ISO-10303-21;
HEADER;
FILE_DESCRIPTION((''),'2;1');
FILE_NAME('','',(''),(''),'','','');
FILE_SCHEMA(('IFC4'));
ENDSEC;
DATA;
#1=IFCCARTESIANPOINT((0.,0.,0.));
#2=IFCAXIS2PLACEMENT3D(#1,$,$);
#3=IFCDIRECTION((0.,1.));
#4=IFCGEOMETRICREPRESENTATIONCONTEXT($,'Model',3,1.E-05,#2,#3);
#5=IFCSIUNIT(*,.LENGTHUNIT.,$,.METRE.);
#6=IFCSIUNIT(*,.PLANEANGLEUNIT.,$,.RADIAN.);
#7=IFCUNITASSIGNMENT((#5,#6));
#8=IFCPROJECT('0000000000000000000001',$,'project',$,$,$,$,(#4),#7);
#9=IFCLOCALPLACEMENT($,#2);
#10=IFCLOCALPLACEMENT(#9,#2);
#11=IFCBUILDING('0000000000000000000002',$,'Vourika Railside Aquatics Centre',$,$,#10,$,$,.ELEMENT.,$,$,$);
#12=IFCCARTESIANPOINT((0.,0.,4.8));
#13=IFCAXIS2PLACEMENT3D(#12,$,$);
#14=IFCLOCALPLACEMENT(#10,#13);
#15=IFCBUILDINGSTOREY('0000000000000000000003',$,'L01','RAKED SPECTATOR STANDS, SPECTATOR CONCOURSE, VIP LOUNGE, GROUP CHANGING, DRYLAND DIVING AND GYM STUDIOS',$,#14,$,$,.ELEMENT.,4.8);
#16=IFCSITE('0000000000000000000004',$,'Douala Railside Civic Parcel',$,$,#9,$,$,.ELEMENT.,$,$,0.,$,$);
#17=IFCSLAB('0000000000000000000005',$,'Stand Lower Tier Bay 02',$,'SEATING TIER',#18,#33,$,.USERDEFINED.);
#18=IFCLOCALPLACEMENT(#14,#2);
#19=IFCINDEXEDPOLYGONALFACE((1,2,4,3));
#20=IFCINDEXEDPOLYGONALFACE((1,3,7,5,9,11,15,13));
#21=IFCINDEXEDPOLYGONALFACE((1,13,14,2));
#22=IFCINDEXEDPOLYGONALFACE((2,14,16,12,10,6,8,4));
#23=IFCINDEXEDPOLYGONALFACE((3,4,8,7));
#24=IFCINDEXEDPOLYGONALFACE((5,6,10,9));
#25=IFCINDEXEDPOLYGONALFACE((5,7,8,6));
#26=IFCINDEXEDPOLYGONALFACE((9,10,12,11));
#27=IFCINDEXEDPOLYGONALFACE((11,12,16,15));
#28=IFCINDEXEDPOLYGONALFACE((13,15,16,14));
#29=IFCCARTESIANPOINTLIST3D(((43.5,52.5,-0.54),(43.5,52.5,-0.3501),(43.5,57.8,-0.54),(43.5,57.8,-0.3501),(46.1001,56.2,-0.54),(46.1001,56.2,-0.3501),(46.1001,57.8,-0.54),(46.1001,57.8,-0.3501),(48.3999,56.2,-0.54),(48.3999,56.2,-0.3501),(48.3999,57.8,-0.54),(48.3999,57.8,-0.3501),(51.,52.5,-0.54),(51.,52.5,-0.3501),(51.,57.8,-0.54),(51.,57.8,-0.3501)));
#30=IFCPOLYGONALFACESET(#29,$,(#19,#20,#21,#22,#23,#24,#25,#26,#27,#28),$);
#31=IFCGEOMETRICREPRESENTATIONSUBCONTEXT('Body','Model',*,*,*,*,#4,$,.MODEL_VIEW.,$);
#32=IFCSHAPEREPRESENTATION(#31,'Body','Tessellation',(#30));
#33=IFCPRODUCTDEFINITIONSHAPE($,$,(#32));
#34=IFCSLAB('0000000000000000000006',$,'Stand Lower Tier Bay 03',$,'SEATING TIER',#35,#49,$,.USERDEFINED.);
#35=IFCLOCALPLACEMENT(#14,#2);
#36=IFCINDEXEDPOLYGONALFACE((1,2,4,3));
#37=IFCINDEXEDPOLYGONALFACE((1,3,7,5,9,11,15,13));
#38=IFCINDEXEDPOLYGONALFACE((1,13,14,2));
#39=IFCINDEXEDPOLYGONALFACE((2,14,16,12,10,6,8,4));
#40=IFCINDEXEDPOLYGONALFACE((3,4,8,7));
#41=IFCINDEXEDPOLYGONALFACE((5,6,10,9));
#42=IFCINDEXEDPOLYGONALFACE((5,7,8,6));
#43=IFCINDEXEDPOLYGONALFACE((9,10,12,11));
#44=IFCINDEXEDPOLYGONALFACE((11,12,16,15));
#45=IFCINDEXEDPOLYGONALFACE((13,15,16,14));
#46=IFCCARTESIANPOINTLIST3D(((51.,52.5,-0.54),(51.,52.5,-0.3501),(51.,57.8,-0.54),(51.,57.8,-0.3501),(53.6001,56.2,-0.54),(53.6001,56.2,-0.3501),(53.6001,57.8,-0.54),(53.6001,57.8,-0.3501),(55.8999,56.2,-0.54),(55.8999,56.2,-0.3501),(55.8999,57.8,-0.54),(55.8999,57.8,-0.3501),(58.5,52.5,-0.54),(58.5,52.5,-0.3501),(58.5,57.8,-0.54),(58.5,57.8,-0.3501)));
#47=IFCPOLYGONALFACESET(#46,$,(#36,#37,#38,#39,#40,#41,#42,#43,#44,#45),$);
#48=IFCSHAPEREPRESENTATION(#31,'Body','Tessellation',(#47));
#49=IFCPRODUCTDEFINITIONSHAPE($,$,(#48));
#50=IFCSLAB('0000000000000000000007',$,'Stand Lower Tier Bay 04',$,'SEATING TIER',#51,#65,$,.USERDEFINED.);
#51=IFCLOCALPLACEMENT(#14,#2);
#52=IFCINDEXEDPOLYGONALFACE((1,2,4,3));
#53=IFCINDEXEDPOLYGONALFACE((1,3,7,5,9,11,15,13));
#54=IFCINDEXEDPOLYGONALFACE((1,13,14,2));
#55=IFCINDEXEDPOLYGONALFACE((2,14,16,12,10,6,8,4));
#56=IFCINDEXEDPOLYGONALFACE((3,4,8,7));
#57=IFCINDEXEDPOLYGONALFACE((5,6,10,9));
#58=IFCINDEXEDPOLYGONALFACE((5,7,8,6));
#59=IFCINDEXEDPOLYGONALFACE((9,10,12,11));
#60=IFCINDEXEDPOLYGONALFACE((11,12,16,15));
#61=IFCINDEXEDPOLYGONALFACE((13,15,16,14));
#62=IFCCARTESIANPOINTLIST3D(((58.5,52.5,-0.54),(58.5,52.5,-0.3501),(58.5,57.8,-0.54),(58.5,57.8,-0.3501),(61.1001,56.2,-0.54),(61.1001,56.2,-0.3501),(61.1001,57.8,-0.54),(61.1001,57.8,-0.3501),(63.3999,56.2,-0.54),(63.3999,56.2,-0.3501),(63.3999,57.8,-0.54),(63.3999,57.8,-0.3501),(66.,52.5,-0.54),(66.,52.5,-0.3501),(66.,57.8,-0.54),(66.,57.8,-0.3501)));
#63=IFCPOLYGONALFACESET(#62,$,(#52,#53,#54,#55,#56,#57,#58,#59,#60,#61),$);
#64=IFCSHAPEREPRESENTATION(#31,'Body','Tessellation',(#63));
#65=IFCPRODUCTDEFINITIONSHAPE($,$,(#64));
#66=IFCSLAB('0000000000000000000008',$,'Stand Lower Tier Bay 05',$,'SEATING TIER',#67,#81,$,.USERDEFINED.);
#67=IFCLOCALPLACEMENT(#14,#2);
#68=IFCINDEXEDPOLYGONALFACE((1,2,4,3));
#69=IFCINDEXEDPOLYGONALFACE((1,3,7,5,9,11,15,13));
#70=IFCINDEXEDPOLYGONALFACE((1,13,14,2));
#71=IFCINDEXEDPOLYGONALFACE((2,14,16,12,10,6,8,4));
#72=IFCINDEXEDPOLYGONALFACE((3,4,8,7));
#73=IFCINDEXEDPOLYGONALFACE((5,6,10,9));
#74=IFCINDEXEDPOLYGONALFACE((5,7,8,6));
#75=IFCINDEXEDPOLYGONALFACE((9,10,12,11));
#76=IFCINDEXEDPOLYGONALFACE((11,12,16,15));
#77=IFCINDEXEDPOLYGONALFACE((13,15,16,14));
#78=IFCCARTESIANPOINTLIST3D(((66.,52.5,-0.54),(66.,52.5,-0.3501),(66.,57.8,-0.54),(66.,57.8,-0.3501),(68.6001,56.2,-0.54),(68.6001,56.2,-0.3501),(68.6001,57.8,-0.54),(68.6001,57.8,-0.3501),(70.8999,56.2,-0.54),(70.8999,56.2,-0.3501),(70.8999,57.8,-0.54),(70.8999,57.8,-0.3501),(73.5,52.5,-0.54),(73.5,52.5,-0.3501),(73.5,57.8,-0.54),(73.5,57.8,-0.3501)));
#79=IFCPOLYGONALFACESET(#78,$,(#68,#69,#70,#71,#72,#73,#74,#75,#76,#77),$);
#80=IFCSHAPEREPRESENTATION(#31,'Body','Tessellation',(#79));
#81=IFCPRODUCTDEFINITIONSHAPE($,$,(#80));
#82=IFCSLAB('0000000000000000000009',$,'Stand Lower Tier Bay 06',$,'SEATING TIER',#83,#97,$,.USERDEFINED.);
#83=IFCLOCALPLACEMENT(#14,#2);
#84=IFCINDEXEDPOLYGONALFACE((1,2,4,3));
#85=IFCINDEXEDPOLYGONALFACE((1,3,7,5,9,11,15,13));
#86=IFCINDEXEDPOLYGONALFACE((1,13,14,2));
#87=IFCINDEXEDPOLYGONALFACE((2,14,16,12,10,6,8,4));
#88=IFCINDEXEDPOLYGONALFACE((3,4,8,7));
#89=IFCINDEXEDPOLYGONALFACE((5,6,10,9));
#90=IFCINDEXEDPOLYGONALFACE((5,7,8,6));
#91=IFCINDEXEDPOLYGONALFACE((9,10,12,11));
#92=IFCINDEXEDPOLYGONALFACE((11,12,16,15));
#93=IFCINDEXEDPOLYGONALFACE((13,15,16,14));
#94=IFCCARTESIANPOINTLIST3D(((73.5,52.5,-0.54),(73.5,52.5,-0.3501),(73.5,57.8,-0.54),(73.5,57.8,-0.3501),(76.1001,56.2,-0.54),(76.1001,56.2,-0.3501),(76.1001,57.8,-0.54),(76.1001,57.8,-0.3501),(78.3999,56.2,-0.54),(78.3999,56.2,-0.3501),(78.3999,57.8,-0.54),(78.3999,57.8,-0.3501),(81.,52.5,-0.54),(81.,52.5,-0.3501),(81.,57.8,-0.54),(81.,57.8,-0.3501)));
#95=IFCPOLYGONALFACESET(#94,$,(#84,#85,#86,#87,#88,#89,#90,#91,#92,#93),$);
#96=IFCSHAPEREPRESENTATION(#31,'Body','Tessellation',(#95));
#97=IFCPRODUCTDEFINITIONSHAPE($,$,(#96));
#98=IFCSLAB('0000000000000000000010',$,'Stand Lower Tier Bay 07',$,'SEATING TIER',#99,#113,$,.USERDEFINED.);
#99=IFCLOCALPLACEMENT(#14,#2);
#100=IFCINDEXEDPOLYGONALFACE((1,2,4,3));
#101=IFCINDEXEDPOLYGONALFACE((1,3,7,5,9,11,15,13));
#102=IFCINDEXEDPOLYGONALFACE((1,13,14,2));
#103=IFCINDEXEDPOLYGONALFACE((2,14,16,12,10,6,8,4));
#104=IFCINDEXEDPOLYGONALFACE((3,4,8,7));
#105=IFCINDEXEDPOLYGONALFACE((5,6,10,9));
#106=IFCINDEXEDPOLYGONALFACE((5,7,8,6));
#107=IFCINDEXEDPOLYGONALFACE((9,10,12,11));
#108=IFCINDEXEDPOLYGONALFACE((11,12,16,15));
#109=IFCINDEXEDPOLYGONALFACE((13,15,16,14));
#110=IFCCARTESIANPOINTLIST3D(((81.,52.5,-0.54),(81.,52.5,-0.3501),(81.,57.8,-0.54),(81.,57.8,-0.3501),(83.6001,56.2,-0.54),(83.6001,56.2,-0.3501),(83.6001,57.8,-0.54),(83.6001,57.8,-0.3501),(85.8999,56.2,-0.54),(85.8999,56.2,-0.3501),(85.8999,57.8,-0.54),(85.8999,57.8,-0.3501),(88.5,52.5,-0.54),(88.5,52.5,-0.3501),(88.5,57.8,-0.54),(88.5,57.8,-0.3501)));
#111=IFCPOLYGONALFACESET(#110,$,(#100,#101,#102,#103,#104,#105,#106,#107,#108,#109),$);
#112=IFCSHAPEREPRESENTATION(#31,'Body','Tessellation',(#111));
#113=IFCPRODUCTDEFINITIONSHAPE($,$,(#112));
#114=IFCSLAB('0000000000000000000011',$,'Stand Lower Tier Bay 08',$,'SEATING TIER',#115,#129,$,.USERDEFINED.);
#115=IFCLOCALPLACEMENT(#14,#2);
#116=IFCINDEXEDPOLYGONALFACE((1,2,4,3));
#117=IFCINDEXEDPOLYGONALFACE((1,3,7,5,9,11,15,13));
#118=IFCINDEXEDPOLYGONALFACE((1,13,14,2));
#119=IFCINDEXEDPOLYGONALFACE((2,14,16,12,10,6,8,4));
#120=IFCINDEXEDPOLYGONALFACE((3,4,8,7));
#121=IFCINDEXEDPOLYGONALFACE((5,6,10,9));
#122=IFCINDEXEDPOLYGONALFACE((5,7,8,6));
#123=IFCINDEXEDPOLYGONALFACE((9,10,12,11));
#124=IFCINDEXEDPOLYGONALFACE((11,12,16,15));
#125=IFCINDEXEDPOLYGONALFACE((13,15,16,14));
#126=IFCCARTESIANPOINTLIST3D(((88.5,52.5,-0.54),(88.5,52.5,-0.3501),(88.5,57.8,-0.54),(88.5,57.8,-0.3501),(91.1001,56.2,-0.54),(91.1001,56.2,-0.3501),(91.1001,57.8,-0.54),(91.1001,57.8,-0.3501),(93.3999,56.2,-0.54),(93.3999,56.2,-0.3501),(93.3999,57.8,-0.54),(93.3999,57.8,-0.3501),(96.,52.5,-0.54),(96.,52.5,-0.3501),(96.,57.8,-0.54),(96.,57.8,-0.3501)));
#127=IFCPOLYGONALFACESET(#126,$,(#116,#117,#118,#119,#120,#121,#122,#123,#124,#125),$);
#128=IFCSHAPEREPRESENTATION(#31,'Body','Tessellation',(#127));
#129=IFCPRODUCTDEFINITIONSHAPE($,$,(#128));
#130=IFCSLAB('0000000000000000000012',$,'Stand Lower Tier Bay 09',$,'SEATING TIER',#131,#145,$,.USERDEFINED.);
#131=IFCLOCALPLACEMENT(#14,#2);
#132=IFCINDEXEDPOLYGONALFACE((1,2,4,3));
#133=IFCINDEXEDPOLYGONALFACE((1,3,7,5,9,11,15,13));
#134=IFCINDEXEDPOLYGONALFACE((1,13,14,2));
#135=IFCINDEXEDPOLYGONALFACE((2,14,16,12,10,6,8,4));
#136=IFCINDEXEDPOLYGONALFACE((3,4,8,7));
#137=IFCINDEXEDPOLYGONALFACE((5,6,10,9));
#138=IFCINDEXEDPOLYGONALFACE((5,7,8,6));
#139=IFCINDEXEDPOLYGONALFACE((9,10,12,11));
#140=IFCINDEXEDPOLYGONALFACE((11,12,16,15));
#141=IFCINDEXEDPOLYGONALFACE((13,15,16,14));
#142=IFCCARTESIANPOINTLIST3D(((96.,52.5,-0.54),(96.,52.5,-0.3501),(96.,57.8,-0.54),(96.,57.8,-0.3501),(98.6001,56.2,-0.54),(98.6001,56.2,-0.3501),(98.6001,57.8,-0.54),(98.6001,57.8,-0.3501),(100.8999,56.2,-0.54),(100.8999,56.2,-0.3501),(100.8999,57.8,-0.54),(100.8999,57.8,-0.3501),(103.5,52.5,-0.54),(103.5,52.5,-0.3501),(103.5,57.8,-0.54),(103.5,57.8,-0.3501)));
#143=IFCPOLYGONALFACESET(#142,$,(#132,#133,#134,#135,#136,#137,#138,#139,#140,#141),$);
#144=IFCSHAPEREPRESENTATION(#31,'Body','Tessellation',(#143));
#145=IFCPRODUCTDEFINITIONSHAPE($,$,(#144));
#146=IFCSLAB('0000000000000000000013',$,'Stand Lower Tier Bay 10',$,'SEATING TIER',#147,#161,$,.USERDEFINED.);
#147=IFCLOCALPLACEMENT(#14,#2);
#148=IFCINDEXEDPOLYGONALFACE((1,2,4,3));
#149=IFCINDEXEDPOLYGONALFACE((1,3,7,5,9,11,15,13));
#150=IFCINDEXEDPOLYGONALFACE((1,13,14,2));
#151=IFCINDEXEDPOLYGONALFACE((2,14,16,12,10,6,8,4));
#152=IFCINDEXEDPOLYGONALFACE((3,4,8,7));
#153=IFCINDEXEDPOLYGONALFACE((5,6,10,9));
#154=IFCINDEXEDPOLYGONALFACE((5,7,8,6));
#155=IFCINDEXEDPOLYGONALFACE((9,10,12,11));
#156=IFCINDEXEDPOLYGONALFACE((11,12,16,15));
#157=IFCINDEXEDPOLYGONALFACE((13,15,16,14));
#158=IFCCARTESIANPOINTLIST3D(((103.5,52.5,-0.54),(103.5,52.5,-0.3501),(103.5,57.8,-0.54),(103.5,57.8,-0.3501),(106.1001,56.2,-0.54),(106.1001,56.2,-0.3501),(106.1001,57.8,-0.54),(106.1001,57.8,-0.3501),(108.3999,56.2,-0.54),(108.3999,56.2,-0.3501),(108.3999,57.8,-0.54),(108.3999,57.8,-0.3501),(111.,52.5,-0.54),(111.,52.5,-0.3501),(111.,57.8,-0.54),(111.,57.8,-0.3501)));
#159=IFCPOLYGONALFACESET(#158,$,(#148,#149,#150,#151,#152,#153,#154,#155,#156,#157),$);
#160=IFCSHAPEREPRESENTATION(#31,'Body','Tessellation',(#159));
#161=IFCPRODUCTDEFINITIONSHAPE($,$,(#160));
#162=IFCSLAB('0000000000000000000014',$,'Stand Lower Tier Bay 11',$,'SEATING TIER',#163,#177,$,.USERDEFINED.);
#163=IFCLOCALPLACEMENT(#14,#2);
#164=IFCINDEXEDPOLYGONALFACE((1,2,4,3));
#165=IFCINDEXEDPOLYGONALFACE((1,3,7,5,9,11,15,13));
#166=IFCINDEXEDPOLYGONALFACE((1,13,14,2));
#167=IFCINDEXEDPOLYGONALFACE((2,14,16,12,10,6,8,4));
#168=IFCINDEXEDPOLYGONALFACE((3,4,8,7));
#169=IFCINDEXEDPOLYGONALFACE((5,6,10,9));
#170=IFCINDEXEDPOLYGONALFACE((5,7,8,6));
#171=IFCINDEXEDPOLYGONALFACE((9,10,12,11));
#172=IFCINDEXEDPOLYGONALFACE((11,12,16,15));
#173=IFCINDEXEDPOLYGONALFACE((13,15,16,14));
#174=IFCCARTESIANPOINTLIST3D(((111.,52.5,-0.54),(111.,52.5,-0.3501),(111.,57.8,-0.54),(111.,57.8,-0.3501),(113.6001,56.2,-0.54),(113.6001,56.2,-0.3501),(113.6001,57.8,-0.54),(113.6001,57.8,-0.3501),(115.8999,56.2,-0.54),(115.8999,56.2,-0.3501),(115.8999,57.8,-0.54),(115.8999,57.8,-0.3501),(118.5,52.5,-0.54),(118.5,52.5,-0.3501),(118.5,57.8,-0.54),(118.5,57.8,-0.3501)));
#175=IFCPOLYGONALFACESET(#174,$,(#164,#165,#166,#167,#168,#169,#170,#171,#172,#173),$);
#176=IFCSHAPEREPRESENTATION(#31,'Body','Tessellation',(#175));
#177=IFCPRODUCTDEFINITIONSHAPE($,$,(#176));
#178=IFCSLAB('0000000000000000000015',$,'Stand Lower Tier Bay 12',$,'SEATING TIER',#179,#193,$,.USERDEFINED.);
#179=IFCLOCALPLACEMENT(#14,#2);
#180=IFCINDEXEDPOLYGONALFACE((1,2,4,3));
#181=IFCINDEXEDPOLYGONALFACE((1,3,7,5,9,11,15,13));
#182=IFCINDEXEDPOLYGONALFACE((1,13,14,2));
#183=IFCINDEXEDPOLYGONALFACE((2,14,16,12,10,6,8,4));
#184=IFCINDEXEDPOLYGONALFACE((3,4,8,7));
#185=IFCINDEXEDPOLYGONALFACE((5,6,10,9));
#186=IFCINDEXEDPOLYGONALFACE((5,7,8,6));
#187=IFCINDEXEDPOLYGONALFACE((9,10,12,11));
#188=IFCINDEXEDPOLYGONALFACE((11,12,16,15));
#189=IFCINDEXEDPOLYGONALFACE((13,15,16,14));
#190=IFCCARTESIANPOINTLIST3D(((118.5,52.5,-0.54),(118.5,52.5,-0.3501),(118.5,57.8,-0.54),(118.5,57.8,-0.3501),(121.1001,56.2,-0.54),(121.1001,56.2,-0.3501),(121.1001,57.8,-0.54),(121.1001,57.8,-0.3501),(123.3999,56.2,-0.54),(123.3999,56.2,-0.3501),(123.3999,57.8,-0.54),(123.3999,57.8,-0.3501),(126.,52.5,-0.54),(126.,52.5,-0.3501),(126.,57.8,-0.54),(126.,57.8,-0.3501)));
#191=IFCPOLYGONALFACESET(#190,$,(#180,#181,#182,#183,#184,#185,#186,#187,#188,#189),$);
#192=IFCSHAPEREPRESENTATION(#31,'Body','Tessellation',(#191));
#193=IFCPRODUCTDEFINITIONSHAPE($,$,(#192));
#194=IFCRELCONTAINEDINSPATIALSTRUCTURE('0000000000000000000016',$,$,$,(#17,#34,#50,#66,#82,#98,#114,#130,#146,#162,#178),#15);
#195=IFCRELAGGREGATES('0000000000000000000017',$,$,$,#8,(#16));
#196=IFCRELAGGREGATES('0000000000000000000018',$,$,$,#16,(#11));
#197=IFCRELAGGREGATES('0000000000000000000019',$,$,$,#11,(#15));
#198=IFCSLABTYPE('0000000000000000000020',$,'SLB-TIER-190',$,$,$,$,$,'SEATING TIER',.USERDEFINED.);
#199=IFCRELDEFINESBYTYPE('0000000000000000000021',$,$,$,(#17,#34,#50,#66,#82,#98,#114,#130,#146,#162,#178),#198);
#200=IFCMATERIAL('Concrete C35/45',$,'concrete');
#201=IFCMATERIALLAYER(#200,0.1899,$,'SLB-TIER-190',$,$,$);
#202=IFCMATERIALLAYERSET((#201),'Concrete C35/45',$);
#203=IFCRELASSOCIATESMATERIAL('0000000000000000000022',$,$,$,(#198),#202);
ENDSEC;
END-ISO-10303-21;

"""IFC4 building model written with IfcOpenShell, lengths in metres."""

from ifc_helpers import new_model, si_unit, direction, frame, origin, place, context, subcontext, project, spatial, polyline, outline, extrude, material, layer, layer_set, type_object, element, save


model = new_model("IFC4")

# Units and contexts
model_context = context("Model", 3, precision=1e-05, world=origin(), true_north=direction((0.0, 1.0)))
body_context = subcontext(model_context, "Body", "Model", "MODEL_VIEW")
ifc_project = project(units=[si_unit("LENGTHUNIT", "METRE"), si_unit("PLANEANGLEUNIT", "RADIAN")], contexts=[model_context])

# Site, building, storey
site_placement = place(None, origin())
site = spatial("IfcSite", under=ifc_project, at=site_placement, Name="Douala Railside Civic Parcel", CompositionType="ELEMENT", RefElevation=0.0)
building_placement = place(site_placement, origin())
building = spatial("IfcBuilding", under=site, at=building_placement, Name="Vourika Railside Aquatics Centre", CompositionType="ELEMENT")
storey_placement = place(building_placement, frame((0.0, 0.0, 4.8)))
storey = spatial("IfcBuildingStorey", under=building, at=storey_placement, Name="L01", Description="RAKED SPECTATOR STANDS, SPECTATOR CONCOURSE, VIP LOUNGE, GROUP CHANGING, DRYLAND DIVING AND GYM STUDIOS", CompositionType="ELEMENT", Elevation=4.8)

# Slabs
ifc_material_1 = material(Name="Concrete C35/45", Category="concrete")
ifc_layer_1 = layer(ifc_material_1, 0.1899, Name="SLB-TIER-190")
ifc_layer_set_1 = layer_set([ifc_layer_1], Name="Concrete C35/45")
slab_type_1 = type_object("IfcSlabType", Name="SLB-TIER-190", ElementType="SEATING TIER", PredefinedType="USERDEFINED", material=ifc_layer_set_1)
slab_1_placement = place(storey_placement, frame((0.0, 0.0, -0.54)))
element("IfcSlab", 1, at=slab_1_placement, inside=storey, type_object=slab_type_1, Name="Stand Lower Tier Bay 02", ObjectType="SEATING TIER", PredefinedType="USERDEFINED", context=body_context, shape_type="SweptSolid", body=[
    extrude(outline(polyline([(51.0, 57.8), (51.0, 52.5), (43.5, 52.5), (43.5, 57.8), (46.1001, 57.8), (46.1001, 56.2), (48.3999, 56.2), (48.3999, 57.8), (51.0, 57.8)])), origin(), (0.0, 0.0, 1.0), 0.1899),
])
slab_2_placement = place(storey_placement, frame((0.0, 0.0, -0.54)))
element("IfcSlab", 2, at=slab_2_placement, inside=storey, type_object=slab_type_1, Name="Stand Lower Tier Bay 03", ObjectType="SEATING TIER", PredefinedType="USERDEFINED", context=body_context, shape_type="SweptSolid", body=[
    extrude(outline(polyline([(58.5, 57.8), (58.5, 52.5), (51.0, 52.5), (51.0, 57.8), (53.6001, 57.8), (53.6001, 56.2), (55.8999, 56.2), (55.8999, 57.8), (58.5, 57.8)])), origin(), (0.0, 0.0, 1.0), 0.1899),
])
slab_3_placement = place(storey_placement, frame((0.0, 0.0, -0.54)))
element("IfcSlab", 3, at=slab_3_placement, inside=storey, type_object=slab_type_1, Name="Stand Lower Tier Bay 04", ObjectType="SEATING TIER", PredefinedType="USERDEFINED", context=body_context, shape_type="SweptSolid", body=[
    extrude(outline(polyline([(66.0, 57.8), (66.0, 52.5), (58.5, 52.5), (58.5, 57.8), (61.1001, 57.8), (61.1001, 56.2), (63.3999, 56.2), (63.3999, 57.8), (66.0, 57.8)])), origin(), (0.0, 0.0, 1.0), 0.1899),
])
slab_4_placement = place(storey_placement, frame((0.0, 0.0, -0.54)))
element("IfcSlab", 4, at=slab_4_placement, inside=storey, type_object=slab_type_1, Name="Stand Lower Tier Bay 05", ObjectType="SEATING TIER", PredefinedType="USERDEFINED", context=body_context, shape_type="SweptSolid", body=[
    extrude(outline(polyline([(73.5, 57.8), (73.5, 52.5), (66.0, 52.5), (66.0, 57.8), (68.6001, 57.8), (68.6001, 56.2), (70.8999, 56.2), (70.8999, 57.8), (73.5, 57.8)])), origin(), (0.0, 0.0, 1.0), 0.1899),
])
slab_5_placement = place(storey_placement, frame((0.0, 0.0, -0.54)))
element("IfcSlab", 5, at=slab_5_placement, inside=storey, type_object=slab_type_1, Name="Stand Lower Tier Bay 06", ObjectType="SEATING TIER", PredefinedType="USERDEFINED", context=body_context, shape_type="SweptSolid", body=[
    extrude(outline(polyline([(81.0, 57.8), (81.0, 52.5), (73.5, 52.5), (73.5, 57.8), (76.1001, 57.8), (76.1001, 56.2), (78.3999, 56.2), (78.3999, 57.8), (81.0, 57.8)])), origin(), (0.0, 0.0, 1.0), 0.1899),
])
slab_6_placement = place(storey_placement, frame((0.0, 0.0, -0.54)))
element("IfcSlab", 6, at=slab_6_placement, inside=storey, type_object=slab_type_1, Name="Stand Lower Tier Bay 07", ObjectType="SEATING TIER", PredefinedType="USERDEFINED", context=body_context, shape_type="SweptSolid", body=[
    extrude(outline(polyline([(88.5, 57.8), (88.5, 52.5), (81.0, 52.5), (81.0, 57.8), (83.6001, 57.8), (83.6001, 56.2), (85.8999, 56.2), (85.8999, 57.8), (88.5, 57.8)])), origin(), (0.0, 0.0, 1.0), 0.1899),
])
slab_7_placement = place(storey_placement, frame((0.0, 0.0, -0.54)))
element("IfcSlab", 7, at=slab_7_placement, inside=storey, type_object=slab_type_1, Name="Stand Lower Tier Bay 08", ObjectType="SEATING TIER", PredefinedType="USERDEFINED", context=body_context, shape_type="SweptSolid", body=[
    extrude(outline(polyline([(96.0, 57.8), (96.0, 52.5), (88.5, 52.5), (88.5, 57.8), (91.1001, 57.8), (91.1001, 56.2), (93.3999, 56.2), (93.3999, 57.8), (96.0, 57.8)])), origin(), (0.0, 0.0, 1.0), 0.1899),
])
slab_8_placement = place(storey_placement, frame((0.0, 0.0, -0.54)))
element("IfcSlab", 8, at=slab_8_placement, inside=storey, type_object=slab_type_1, Name="Stand Lower Tier Bay 09", ObjectType="SEATING TIER", PredefinedType="USERDEFINED", context=body_context, shape_type="SweptSolid", body=[
    extrude(outline(polyline([(103.5, 57.8), (103.5, 52.5), (96.0, 52.5), (96.0, 57.8), (98.6001, 57.8), (98.6001, 56.2), (100.8999, 56.2), (100.8999, 57.8), (103.5, 57.8)])), origin(), (0.0, 0.0, 1.0), 0.1899),
])
slab_9_placement = place(storey_placement, frame((0.0, 0.0, -0.54)))
element("IfcSlab", 9, at=slab_9_placement, inside=storey, type_object=slab_type_1, Name="Stand Lower Tier Bay 10", ObjectType="SEATING TIER", PredefinedType="USERDEFINED", context=body_context, shape_type="SweptSolid", body=[
    extrude(outline(polyline([(111.0, 57.8), (111.0, 52.5), (103.5, 52.5), (103.5, 57.8), (106.1001, 57.8), (106.1001, 56.2), (108.3999, 56.2), (108.3999, 57.8), (111.0, 57.8)])), origin(), (0.0, 0.0, 1.0), 0.1899),
])
slab_10_placement = place(storey_placement, frame((0.0, 0.0, -0.54)))
element("IfcSlab", 10, at=slab_10_placement, inside=storey, type_object=slab_type_1, Name="Stand Lower Tier Bay 11", ObjectType="SEATING TIER", PredefinedType="USERDEFINED", context=body_context, shape_type="SweptSolid", body=[
    extrude(outline(polyline([(118.5, 57.8), (118.5, 52.5), (111.0, 52.5), (111.0, 57.8), (113.6001, 57.8), (113.6001, 56.2), (115.8999, 56.2), (115.8999, 57.8), (118.5, 57.8)])), origin(), (0.0, 0.0, 1.0), 0.1899),
])
slab_11_placement = place(storey_placement, frame((0.0, 0.0, -0.54)))
element("IfcSlab", 11, at=slab_11_placement, inside=storey, type_object=slab_type_1, Name="Stand Lower Tier Bay 12", ObjectType="SEATING TIER", PredefinedType="USERDEFINED", context=body_context, shape_type="SweptSolid", body=[
    extrude(outline(polyline([(126.0, 57.8), (126.0, 52.5), (118.5, 52.5), (118.5, 57.8), (121.1001, 57.8), (121.1001, 56.2), (123.3999, 56.2), (123.3999, 57.8), (126.0, 57.8)])), origin(), (0.0, 0.0, 1.0), 0.1899),
])

save(model, "model.ifc")
